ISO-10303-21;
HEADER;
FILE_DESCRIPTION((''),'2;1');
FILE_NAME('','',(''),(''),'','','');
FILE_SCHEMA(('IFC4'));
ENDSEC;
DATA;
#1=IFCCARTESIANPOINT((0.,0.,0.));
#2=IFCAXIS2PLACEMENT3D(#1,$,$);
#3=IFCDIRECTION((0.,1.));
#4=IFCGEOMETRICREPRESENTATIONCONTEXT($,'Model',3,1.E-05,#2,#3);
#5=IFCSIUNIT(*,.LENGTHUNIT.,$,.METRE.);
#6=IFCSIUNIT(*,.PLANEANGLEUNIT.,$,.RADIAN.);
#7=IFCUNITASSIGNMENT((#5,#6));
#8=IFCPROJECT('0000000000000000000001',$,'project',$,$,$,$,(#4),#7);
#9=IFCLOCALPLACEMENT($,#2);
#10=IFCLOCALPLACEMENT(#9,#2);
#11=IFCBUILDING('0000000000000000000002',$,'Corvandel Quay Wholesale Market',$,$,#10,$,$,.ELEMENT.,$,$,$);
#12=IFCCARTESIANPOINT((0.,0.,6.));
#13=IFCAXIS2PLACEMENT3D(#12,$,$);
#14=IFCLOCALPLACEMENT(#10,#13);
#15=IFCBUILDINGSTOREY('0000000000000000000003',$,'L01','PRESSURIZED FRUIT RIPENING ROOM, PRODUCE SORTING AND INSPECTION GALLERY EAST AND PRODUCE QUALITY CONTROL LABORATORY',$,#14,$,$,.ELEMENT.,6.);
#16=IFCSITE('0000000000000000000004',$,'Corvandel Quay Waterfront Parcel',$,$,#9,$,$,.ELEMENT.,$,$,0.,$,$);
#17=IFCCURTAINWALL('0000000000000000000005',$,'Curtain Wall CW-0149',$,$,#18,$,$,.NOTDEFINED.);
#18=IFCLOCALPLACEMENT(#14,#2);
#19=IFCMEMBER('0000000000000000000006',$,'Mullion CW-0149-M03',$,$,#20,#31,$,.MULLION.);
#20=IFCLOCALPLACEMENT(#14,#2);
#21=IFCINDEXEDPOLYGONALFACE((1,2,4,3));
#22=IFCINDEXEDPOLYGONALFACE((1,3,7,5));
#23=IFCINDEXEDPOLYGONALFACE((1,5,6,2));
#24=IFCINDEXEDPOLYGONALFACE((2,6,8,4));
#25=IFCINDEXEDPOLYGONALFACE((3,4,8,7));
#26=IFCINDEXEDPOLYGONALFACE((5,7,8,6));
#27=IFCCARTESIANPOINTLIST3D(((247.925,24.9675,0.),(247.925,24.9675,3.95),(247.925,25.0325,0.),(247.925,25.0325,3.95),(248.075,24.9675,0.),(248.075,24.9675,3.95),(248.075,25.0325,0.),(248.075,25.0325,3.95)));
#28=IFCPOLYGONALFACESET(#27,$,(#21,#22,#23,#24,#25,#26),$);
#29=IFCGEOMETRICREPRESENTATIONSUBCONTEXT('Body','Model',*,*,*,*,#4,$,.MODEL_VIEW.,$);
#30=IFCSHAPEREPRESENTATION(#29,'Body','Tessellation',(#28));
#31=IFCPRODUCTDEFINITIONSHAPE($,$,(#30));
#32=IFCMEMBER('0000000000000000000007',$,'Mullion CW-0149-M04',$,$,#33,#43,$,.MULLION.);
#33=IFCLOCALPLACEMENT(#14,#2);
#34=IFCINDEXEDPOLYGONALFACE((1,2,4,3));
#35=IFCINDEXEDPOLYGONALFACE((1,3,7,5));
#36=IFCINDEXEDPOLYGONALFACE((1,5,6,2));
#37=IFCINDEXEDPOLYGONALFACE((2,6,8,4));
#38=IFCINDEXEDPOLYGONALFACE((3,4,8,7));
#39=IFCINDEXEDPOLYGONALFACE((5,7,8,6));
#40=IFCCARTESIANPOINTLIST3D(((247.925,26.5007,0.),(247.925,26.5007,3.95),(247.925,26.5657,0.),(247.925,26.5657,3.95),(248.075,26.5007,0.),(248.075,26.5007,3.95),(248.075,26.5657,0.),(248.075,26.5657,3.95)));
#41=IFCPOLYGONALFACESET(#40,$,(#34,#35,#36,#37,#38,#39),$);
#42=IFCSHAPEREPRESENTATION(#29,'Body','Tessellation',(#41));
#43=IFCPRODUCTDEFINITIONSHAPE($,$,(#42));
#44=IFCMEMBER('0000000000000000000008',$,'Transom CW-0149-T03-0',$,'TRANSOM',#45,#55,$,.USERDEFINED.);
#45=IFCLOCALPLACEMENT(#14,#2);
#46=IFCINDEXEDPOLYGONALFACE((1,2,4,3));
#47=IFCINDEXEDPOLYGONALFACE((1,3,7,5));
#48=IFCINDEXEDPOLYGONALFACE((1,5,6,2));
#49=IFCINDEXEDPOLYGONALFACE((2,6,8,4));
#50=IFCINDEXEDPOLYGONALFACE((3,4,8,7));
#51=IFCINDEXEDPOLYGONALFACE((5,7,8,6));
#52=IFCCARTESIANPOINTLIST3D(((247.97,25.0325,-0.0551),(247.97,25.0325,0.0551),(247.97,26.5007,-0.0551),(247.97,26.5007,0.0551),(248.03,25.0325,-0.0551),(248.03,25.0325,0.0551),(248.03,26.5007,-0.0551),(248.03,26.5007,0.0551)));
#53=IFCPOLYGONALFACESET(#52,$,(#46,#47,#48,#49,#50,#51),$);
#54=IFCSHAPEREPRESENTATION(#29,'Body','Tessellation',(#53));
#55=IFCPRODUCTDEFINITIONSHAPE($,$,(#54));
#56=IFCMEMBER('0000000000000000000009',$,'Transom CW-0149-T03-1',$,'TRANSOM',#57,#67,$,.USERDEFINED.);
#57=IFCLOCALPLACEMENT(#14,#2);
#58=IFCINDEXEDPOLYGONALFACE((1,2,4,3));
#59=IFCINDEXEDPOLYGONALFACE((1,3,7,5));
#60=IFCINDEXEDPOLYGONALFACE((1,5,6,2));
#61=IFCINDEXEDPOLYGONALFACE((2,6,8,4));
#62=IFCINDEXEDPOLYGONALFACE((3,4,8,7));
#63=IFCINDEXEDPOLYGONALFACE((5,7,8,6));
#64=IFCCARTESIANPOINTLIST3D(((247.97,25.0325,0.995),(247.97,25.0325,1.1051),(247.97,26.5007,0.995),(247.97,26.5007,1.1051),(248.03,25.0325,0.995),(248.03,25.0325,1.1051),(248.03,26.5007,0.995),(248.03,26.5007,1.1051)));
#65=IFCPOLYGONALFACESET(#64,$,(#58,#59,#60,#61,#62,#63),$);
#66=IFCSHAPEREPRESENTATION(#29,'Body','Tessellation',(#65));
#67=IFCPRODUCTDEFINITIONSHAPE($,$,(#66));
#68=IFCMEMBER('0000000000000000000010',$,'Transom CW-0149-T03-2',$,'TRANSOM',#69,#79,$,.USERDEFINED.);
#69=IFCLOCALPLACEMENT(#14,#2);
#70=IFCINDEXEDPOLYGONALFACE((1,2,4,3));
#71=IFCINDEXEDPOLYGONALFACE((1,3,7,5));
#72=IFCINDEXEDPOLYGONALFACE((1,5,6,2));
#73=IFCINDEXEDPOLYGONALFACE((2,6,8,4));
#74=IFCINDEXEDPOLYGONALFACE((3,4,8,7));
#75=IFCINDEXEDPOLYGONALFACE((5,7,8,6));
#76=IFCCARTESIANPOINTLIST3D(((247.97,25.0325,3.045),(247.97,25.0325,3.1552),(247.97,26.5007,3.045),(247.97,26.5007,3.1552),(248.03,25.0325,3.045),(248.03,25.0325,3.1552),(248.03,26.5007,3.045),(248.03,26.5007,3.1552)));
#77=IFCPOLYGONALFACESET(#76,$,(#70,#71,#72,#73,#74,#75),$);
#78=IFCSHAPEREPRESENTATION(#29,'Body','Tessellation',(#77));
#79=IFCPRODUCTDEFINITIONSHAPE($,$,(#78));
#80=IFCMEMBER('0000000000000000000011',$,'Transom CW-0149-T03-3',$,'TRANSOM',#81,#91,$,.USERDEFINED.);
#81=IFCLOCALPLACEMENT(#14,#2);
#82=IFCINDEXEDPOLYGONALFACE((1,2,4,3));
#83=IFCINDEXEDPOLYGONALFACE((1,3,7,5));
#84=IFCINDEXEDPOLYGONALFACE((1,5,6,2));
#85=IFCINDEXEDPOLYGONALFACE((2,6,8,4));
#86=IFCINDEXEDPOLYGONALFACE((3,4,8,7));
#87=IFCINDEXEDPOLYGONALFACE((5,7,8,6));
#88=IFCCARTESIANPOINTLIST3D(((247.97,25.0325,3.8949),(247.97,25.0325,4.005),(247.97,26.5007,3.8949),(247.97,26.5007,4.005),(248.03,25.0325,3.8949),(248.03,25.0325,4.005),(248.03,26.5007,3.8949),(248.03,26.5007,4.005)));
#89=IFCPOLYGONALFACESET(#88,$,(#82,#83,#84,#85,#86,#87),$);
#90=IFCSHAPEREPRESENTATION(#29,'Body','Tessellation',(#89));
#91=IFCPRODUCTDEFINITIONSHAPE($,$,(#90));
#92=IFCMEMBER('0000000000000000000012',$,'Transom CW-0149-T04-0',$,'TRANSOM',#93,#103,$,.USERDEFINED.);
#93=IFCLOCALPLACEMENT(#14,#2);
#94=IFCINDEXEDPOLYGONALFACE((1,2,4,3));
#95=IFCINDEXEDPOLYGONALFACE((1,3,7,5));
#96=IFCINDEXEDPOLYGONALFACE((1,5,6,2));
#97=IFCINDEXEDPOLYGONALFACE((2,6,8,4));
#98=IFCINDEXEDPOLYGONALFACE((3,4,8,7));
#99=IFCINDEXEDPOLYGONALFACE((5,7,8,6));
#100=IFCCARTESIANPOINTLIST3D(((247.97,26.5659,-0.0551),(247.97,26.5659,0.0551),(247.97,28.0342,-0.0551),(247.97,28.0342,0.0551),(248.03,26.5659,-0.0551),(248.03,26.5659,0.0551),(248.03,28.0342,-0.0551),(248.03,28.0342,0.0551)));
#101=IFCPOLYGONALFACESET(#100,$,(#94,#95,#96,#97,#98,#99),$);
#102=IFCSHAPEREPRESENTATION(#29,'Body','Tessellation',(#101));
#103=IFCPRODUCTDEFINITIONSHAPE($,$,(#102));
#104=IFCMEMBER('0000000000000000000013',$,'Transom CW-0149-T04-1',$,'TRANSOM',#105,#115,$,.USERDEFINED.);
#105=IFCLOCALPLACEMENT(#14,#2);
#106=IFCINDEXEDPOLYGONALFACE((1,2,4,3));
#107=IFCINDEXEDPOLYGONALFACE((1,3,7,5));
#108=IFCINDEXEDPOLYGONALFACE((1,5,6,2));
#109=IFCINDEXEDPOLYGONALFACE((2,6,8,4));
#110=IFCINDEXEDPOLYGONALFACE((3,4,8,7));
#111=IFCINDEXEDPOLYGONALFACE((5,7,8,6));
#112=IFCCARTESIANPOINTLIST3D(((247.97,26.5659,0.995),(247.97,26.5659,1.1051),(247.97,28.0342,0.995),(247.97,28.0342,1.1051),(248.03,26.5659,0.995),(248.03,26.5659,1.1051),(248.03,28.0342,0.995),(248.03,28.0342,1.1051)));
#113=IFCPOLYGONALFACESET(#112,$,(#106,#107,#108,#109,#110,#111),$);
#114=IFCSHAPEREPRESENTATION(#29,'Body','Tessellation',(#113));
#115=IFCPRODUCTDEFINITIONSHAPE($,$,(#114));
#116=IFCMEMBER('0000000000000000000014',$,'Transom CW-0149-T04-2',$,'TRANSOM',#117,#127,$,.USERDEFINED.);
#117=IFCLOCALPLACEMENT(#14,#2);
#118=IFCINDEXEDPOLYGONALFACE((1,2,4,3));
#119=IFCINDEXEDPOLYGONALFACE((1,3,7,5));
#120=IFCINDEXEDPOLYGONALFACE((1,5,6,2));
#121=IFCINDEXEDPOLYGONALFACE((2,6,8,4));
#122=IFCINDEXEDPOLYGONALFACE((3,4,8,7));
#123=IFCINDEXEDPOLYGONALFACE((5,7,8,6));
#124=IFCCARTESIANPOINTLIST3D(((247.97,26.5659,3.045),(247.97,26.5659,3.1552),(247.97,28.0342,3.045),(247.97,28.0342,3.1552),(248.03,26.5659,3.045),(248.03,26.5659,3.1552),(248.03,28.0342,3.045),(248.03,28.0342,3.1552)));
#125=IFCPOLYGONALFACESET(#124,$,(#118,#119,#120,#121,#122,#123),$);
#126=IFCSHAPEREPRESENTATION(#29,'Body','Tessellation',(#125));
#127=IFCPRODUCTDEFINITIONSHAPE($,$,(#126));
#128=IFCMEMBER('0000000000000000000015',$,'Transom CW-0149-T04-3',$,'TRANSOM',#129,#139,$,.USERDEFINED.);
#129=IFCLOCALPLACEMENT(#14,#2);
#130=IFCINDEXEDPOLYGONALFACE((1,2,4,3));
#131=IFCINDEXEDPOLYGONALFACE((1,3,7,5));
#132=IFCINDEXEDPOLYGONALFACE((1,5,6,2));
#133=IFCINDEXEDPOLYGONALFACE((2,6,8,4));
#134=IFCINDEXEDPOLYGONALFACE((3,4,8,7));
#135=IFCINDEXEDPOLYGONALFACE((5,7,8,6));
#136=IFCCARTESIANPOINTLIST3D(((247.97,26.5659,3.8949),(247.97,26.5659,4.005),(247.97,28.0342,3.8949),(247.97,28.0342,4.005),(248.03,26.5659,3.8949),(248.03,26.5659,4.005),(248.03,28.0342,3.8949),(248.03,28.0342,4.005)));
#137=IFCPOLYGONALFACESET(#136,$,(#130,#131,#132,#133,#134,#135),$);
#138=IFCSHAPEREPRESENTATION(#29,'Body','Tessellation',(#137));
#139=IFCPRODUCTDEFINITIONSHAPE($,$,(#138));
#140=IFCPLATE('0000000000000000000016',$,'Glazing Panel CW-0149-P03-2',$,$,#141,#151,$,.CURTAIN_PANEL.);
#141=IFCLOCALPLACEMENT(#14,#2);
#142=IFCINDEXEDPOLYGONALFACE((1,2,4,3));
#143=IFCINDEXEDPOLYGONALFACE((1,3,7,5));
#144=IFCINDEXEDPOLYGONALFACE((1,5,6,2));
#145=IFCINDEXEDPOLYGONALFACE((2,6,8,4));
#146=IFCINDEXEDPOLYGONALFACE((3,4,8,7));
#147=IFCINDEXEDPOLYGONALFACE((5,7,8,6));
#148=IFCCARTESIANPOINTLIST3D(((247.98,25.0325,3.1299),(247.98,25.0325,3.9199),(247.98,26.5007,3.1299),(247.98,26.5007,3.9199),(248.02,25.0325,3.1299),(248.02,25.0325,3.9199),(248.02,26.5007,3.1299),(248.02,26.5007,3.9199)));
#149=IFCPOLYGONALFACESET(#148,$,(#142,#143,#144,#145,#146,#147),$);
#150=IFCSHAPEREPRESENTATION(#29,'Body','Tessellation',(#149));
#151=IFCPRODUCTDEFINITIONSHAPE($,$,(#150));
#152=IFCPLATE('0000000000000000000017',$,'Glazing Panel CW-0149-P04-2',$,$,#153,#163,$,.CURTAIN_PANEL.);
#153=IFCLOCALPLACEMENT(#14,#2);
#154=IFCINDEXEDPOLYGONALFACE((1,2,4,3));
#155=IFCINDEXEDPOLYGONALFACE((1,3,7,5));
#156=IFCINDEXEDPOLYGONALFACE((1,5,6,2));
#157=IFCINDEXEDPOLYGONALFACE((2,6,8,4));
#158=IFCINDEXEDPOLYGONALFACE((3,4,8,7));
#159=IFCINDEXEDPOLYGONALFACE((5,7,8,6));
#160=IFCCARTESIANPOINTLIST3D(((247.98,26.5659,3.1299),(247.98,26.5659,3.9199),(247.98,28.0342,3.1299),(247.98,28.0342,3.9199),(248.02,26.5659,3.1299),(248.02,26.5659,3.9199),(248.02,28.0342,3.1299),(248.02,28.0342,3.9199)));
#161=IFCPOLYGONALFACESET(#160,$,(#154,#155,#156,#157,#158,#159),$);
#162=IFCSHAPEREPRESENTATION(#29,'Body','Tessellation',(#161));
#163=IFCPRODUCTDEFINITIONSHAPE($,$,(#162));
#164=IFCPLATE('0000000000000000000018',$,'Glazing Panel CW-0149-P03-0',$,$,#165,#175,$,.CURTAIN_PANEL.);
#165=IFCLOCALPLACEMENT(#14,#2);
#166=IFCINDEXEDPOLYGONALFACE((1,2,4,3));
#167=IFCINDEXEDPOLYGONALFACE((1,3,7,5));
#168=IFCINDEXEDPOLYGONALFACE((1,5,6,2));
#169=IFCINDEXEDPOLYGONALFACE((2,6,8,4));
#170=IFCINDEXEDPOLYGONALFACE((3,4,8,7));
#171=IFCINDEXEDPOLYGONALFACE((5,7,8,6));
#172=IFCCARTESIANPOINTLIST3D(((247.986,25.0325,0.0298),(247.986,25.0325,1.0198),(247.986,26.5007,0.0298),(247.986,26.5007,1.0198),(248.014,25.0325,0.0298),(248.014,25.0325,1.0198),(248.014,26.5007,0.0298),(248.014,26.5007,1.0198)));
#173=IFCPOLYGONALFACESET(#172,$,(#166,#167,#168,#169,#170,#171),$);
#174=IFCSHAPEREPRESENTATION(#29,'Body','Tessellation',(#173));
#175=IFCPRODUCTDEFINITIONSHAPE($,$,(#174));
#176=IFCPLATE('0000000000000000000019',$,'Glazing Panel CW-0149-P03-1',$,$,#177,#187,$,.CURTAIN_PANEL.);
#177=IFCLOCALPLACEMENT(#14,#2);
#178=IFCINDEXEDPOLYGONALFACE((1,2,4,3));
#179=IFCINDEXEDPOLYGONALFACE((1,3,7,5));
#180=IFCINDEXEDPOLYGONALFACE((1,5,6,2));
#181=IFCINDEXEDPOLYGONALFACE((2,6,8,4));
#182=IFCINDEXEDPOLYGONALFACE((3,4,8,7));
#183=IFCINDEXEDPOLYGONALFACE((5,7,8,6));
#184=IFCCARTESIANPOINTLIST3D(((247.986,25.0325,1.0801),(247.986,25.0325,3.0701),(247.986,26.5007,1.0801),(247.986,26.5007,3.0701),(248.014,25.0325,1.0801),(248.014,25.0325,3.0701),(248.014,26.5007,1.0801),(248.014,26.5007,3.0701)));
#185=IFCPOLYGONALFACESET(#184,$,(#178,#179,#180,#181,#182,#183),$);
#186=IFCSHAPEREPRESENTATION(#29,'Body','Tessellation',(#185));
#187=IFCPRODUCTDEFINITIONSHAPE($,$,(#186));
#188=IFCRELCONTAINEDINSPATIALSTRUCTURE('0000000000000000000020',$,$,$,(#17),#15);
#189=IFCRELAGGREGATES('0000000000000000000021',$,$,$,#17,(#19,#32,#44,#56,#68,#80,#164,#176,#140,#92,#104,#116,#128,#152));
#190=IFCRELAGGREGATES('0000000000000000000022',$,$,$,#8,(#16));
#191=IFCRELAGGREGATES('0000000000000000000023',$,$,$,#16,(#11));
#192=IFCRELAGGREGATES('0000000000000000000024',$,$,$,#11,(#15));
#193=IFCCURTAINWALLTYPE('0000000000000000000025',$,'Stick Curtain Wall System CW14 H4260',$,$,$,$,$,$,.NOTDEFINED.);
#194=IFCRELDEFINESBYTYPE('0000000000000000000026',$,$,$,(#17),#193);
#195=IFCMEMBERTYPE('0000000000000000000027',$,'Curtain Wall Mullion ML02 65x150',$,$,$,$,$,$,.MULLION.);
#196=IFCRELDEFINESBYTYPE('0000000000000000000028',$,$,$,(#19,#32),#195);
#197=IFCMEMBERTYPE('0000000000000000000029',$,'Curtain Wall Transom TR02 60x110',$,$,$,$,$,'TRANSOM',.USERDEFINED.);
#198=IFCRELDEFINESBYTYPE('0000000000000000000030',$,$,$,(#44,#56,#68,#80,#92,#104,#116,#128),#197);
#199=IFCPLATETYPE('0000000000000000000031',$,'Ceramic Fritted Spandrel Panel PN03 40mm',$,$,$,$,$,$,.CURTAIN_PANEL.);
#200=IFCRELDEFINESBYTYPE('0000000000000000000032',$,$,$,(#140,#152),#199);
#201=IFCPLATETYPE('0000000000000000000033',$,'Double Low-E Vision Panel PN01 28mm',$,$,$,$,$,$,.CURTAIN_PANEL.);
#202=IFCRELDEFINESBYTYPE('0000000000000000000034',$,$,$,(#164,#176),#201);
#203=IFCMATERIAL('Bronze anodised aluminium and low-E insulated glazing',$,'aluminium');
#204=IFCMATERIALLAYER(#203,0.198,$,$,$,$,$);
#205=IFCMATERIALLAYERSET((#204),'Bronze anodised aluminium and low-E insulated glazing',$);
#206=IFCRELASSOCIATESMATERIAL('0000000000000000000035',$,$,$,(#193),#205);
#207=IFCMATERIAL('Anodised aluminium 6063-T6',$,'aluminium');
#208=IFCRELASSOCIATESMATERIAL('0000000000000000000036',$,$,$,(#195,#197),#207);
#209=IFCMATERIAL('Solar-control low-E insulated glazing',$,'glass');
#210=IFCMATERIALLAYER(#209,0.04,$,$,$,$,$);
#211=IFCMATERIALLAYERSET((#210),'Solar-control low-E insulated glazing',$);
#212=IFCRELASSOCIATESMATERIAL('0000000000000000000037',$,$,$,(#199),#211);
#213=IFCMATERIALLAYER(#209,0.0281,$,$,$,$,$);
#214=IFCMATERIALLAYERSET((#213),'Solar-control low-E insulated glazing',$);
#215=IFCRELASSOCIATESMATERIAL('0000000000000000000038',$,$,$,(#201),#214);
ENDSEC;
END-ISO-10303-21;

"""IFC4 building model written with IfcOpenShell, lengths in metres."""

from ifc_helpers import new_model, si_unit, direction, frame, origin, origin_2d, place, context, subcontext, project, spatial, rectangle, extrude, material, layer, layer_set, material_profile, profile_set, type_object, element, aggregate, save


model = new_model("IFC4")

# Units and contexts
model_context = context("Model", 3, precision=1e-05, world=origin(), true_north=direction((0.0, 1.0)))
body_context = subcontext(model_context, "Body", "Model", "MODEL_VIEW")
ifc_project = project(units=[si_unit("LENGTHUNIT", "METRE"), si_unit("PLANEANGLEUNIT", "RADIAN")], contexts=[model_context])

# Site, building, storey
site_placement = place(None, origin())
site = spatial("IfcSite", under=ifc_project, at=site_placement, Name="Corvandel Quay Waterfront Parcel", CompositionType="ELEMENT", RefElevation=0.0)
building_placement = place(site_placement, origin())
building = spatial("IfcBuilding", under=site, at=building_placement, Name="Corvandel Quay Wholesale Market", CompositionType="ELEMENT")
storey_placement = place(building_placement, frame((0.0, 0.0, 6.0)))
storey = spatial("IfcBuildingStorey", under=building, at=storey_placement, Name="L01", Description="PRESSURIZED FRUIT RIPENING ROOM, PRODUCE SORTING AND INSPECTION GALLERY EAST AND PRODUCE QUALITY CONTROL LABORATORY", CompositionType="ELEMENT", Elevation=6.0)

# Curtain wall, members, plates
ifc_material_1 = material(Name="Bronze anodised aluminium and low-E insulated glazing", Category="aluminium")
ifc_layer_1 = layer(ifc_material_1, 0.198)
ifc_layer_set_1 = layer_set([ifc_layer_1], Name="Bronze anodised aluminium and low-E insulated glazing")
curtain_wall_type = type_object("IfcCurtainWallType", Name="Stick Curtain Wall System CW14 H4260", PredefinedType="NOTDEFINED", material=ifc_layer_set_1)
curtain_wall_placement = place(storey_placement, origin())
curtain_wall = element("IfcCurtainWall", 1, at=curtain_wall_placement, inside=storey, type_object=curtain_wall_type, Name="Curtain Wall CW-0149", PredefinedType="NOTDEFINED")
ifc_material_2 = material(Name="Anodised aluminium 6063-T6", Category="aluminium")
ifc_material_profile_1 = material_profile(ifc_material_2, rectangle(XDim=0.0649, YDim=0.1499, at=origin_2d()), Name="ALU-MUL-65x150")
ifc_profile_set_1 = profile_set([ifc_material_profile_1], Name="Anodised aluminium 6063-T6")
member_type_1 = type_object("IfcMemberType", Name="Curtain Wall Mullion ML02 65x150", PredefinedType="MULLION", material=ifc_profile_set_1)
member_1_placement = place(storey_placement, frame((248.0, 25.0, 0.0), z_axis=(0.0, 0.0, 1.0), x_axis=(0.0, 1.0, 0.0)))
member_1 = element("IfcMember", 2, at=member_1_placement, type_object=member_type_1, Name="Mullion CW-0149-M03", PredefinedType="MULLION", context=body_context, shape_type="SweptSolid", body=[
    extrude(rectangle(XDim=0.0649, YDim=0.1499, at=origin_2d()), origin(), (0.0, 0.0, 1.0), 3.95),
])
member_2_placement = place(storey_placement, frame((248.0, 26.5332, 0.0), z_axis=(0.0, 0.0, 1.0), x_axis=(0.0, 1.0, 0.0)))
member_2 = element("IfcMember", 3, at=member_2_placement, type_object=member_type_1, Name="Mullion CW-0149-M04", PredefinedType="MULLION", context=body_context, shape_type="SweptSolid", body=[
    extrude(rectangle(XDim=0.0649, YDim=0.1499, at=origin_2d()), origin(), (0.0, 0.0, 1.0), 3.95),
])
ifc_material_profile_2 = material_profile(ifc_material_2, rectangle(XDim=0.0601, YDim=0.1101, at=origin_2d()), Name="ALU-TRN-60x110")
ifc_profile_set_2 = profile_set([ifc_material_profile_2], Name="Anodised aluminium 6063-T6")
member_type_2 = type_object("IfcMemberType", Name="Curtain Wall Transom TR02 60x110", ElementType="TRANSOM", PredefinedType="USERDEFINED", material=ifc_profile_set_2)
member_3_placement = place(storey_placement, frame((248.0, 25.0325, 0.0), z_axis=(0.0, 1.0, 0.0), x_axis=(-1.0, 0.0, 0.0)))
member_3 = element("IfcMember", 4, at=member_3_placement, type_object=member_type_2, Name="Transom CW-0149-T03-0", ObjectType="TRANSOM", PredefinedType="USERDEFINED", context=body_context, shape_type="SweptSolid", body=[
    extrude(rectangle(XDim=0.0601, YDim=0.1101, at=origin_2d()), origin(), (0.0, 0.0, 1.0), 1.4683),
])
member_4_placement = place(storey_placement, frame((248.0, 25.0325, 1.05), z_axis=(0.0, 1.0, 0.0), x_axis=(-1.0, 0.0, 0.0)))
member_4 = element("IfcMember", 5, at=member_4_placement, type_object=member_type_2, Name="Transom CW-0149-T03-1", ObjectType="TRANSOM", PredefinedType="USERDEFINED", context=body_context, shape_type="SweptSolid", body=[
    extrude(rectangle(XDim=0.0601, YDim=0.1101, at=origin_2d()), origin(), (0.0, 0.0, 1.0), 1.4683),
])
member_5_placement = place(storey_placement, frame((248.0, 25.0325, 3.1001), z_axis=(0.0, 1.0, 0.0), x_axis=(-1.0, 0.0, 0.0)))
member_5 = element("IfcMember", 6, at=member_5_placement, type_object=member_type_2, Name="Transom CW-0149-T03-2", ObjectType="TRANSOM", PredefinedType="USERDEFINED", context=body_context, shape_type="SweptSolid", body=[
    extrude(rectangle(XDim=0.0601, YDim=0.1101, at=origin_2d()), origin(), (0.0, 0.0, 1.0), 1.4683),
])
member_6_placement = place(storey_placement, frame((248.0, 25.0325, 3.95), z_axis=(0.0, 1.0, 0.0), x_axis=(-1.0, 0.0, 0.0)))
member_6 = element("IfcMember", 7, at=member_6_placement, type_object=member_type_2, Name="Transom CW-0149-T03-3", ObjectType="TRANSOM", PredefinedType="USERDEFINED", context=body_context, shape_type="SweptSolid", body=[
    extrude(rectangle(XDim=0.0601, YDim=0.1101, at=origin_2d()), origin(), (0.0, 0.0, 1.0), 1.4683),
])
member_7_placement = place(storey_placement, frame((248.0, 26.5659, 0.0), z_axis=(0.0, 1.0, 0.0), x_axis=(-1.0, 0.0, 0.0)))
member_7 = element("IfcMember", 8, at=member_7_placement, type_object=member_type_2, Name="Transom CW-0149-T04-0", ObjectType="TRANSOM", PredefinedType="USERDEFINED", context=body_context, shape_type="SweptSolid", body=[
    extrude(rectangle(XDim=0.0601, YDim=0.1101, at=origin_2d()), origin(), (0.0, 0.0, 1.0), 1.4683),
])
member_8_placement = place(storey_placement, frame((248.0, 26.5659, 1.05), z_axis=(0.0, 1.0, 0.0), x_axis=(-1.0, 0.0, 0.0)))
member_8 = element("IfcMember", 9, at=member_8_placement, type_object=member_type_2, Name="Transom CW-0149-T04-1", ObjectType="TRANSOM", PredefinedType="USERDEFINED", context=body_context, shape_type="SweptSolid", body=[
    extrude(rectangle(XDim=0.0601, YDim=0.1101, at=origin_2d()), origin(), (0.0, 0.0, 1.0), 1.4683),
])
member_9_placement = place(storey_placement, frame((248.0, 26.5659, 3.1001), z_axis=(0.0, 1.0, 0.0), x_axis=(-1.0, 0.0, 0.0)))
member_9 = element("IfcMember", 10, at=member_9_placement, type_object=member_type_2, Name="Transom CW-0149-T04-2", ObjectType="TRANSOM", PredefinedType="USERDEFINED", context=body_context, shape_type="SweptSolid", body=[
    extrude(rectangle(XDim=0.0601, YDim=0.1101, at=origin_2d()), origin(), (0.0, 0.0, 1.0), 1.4683),
])
member_10_placement = place(storey_placement, frame((248.0, 26.5659, 3.95), z_axis=(0.0, 1.0, 0.0), x_axis=(-1.0, 0.0, 0.0)))
member_10 = element("IfcMember", 11, at=member_10_placement, type_object=member_type_2, Name="Transom CW-0149-T04-3", ObjectType="TRANSOM", PredefinedType="USERDEFINED", context=body_context, shape_type="SweptSolid", body=[
    extrude(rectangle(XDim=0.0601, YDim=0.1101, at=origin_2d()), origin(), (0.0, 0.0, 1.0), 1.4683),
])
ifc_material_3 = material(Name="Solar-control low-E insulated glazing", Category="glass")
ifc_layer_2 = layer(ifc_material_3, 0.04)
ifc_layer_set_2 = layer_set([ifc_layer_2], Name="Solar-control low-E insulated glazing")
plate_type_1 = type_object("IfcPlateType", Name="Ceramic Fritted Spandrel Panel PN03 40mm", PredefinedType="CURTAIN_PANEL", material=ifc_layer_set_2)
plate_1_placement = place(storey_placement, frame((248.0, 25.7666, 3.1299), z_axis=(0.0, 0.0, 1.0), x_axis=(0.0, 1.0, 0.0)))
plate_1 = element("IfcPlate", 12, at=plate_1_placement, type_object=plate_type_1, Name="Glazing Panel CW-0149-P03-2", PredefinedType="CURTAIN_PANEL", context=body_context, shape_type="SweptSolid", body=[
    extrude(rectangle(XDim=1.4683, YDim=0.04, at=origin_2d()), origin(), (0.0, 0.0, 1.0), 0.79),
])
plate_2_placement = place(storey_placement, frame((248.0, 27.3, 3.1299), z_axis=(0.0, 0.0, 1.0), x_axis=(0.0, 1.0, 0.0)))
plate_2 = element("IfcPlate", 13, at=plate_2_placement, type_object=plate_type_1, Name="Glazing Panel CW-0149-P04-2", PredefinedType="CURTAIN_PANEL", context=body_context, shape_type="SweptSolid", body=[
    extrude(rectangle(XDim=1.4683, YDim=0.04, at=origin_2d()), origin(), (0.0, 0.0, 1.0), 0.79),
])
ifc_layer_3 = layer(ifc_material_3, 0.0281)
ifc_layer_set_3 = layer_set([ifc_layer_3], Name="Solar-control low-E insulated glazing")
plate_type_2 = type_object("IfcPlateType", Name="Double Low-E Vision Panel PN01 28mm", PredefinedType="CURTAIN_PANEL", material=ifc_layer_set_3)
plate_3_placement = place(storey_placement, frame((248.0, 25.7666, 0.0298), z_axis=(0.0, 0.0, 1.0), x_axis=(0.0, 1.0, 0.0)))
plate_3 = element("IfcPlate", 14, at=plate_3_placement, type_object=plate_type_2, Name="Glazing Panel CW-0149-P03-0", PredefinedType="CURTAIN_PANEL", context=body_context, shape_type="SweptSolid", body=[
    extrude(rectangle(XDim=1.4683, YDim=0.0281, at=origin_2d()), origin(), (0.0, 0.0, 1.0), 0.99),
])
plate_4_placement = place(storey_placement, frame((248.0, 25.7666, 1.0801), z_axis=(0.0, 0.0, 1.0), x_axis=(0.0, 1.0, 0.0)))
plate_4 = element("IfcPlate", 15, at=plate_4_placement, type_object=plate_type_2, Name="Glazing Panel CW-0149-P03-1", PredefinedType="CURTAIN_PANEL", context=body_context, shape_type="SweptSolid", body=[
    extrude(rectangle(XDim=1.4683, YDim=0.0281, at=origin_2d()), origin(), (0.0, 0.0, 1.0), 1.99),
])
aggregate(curtain_wall, [member_1, member_2, member_3, member_4, member_5, member_6, plate_3, plate_4, plate_1, member_7, member_8, member_9, member_10, plate_2])

save(model, "model.ifc")
